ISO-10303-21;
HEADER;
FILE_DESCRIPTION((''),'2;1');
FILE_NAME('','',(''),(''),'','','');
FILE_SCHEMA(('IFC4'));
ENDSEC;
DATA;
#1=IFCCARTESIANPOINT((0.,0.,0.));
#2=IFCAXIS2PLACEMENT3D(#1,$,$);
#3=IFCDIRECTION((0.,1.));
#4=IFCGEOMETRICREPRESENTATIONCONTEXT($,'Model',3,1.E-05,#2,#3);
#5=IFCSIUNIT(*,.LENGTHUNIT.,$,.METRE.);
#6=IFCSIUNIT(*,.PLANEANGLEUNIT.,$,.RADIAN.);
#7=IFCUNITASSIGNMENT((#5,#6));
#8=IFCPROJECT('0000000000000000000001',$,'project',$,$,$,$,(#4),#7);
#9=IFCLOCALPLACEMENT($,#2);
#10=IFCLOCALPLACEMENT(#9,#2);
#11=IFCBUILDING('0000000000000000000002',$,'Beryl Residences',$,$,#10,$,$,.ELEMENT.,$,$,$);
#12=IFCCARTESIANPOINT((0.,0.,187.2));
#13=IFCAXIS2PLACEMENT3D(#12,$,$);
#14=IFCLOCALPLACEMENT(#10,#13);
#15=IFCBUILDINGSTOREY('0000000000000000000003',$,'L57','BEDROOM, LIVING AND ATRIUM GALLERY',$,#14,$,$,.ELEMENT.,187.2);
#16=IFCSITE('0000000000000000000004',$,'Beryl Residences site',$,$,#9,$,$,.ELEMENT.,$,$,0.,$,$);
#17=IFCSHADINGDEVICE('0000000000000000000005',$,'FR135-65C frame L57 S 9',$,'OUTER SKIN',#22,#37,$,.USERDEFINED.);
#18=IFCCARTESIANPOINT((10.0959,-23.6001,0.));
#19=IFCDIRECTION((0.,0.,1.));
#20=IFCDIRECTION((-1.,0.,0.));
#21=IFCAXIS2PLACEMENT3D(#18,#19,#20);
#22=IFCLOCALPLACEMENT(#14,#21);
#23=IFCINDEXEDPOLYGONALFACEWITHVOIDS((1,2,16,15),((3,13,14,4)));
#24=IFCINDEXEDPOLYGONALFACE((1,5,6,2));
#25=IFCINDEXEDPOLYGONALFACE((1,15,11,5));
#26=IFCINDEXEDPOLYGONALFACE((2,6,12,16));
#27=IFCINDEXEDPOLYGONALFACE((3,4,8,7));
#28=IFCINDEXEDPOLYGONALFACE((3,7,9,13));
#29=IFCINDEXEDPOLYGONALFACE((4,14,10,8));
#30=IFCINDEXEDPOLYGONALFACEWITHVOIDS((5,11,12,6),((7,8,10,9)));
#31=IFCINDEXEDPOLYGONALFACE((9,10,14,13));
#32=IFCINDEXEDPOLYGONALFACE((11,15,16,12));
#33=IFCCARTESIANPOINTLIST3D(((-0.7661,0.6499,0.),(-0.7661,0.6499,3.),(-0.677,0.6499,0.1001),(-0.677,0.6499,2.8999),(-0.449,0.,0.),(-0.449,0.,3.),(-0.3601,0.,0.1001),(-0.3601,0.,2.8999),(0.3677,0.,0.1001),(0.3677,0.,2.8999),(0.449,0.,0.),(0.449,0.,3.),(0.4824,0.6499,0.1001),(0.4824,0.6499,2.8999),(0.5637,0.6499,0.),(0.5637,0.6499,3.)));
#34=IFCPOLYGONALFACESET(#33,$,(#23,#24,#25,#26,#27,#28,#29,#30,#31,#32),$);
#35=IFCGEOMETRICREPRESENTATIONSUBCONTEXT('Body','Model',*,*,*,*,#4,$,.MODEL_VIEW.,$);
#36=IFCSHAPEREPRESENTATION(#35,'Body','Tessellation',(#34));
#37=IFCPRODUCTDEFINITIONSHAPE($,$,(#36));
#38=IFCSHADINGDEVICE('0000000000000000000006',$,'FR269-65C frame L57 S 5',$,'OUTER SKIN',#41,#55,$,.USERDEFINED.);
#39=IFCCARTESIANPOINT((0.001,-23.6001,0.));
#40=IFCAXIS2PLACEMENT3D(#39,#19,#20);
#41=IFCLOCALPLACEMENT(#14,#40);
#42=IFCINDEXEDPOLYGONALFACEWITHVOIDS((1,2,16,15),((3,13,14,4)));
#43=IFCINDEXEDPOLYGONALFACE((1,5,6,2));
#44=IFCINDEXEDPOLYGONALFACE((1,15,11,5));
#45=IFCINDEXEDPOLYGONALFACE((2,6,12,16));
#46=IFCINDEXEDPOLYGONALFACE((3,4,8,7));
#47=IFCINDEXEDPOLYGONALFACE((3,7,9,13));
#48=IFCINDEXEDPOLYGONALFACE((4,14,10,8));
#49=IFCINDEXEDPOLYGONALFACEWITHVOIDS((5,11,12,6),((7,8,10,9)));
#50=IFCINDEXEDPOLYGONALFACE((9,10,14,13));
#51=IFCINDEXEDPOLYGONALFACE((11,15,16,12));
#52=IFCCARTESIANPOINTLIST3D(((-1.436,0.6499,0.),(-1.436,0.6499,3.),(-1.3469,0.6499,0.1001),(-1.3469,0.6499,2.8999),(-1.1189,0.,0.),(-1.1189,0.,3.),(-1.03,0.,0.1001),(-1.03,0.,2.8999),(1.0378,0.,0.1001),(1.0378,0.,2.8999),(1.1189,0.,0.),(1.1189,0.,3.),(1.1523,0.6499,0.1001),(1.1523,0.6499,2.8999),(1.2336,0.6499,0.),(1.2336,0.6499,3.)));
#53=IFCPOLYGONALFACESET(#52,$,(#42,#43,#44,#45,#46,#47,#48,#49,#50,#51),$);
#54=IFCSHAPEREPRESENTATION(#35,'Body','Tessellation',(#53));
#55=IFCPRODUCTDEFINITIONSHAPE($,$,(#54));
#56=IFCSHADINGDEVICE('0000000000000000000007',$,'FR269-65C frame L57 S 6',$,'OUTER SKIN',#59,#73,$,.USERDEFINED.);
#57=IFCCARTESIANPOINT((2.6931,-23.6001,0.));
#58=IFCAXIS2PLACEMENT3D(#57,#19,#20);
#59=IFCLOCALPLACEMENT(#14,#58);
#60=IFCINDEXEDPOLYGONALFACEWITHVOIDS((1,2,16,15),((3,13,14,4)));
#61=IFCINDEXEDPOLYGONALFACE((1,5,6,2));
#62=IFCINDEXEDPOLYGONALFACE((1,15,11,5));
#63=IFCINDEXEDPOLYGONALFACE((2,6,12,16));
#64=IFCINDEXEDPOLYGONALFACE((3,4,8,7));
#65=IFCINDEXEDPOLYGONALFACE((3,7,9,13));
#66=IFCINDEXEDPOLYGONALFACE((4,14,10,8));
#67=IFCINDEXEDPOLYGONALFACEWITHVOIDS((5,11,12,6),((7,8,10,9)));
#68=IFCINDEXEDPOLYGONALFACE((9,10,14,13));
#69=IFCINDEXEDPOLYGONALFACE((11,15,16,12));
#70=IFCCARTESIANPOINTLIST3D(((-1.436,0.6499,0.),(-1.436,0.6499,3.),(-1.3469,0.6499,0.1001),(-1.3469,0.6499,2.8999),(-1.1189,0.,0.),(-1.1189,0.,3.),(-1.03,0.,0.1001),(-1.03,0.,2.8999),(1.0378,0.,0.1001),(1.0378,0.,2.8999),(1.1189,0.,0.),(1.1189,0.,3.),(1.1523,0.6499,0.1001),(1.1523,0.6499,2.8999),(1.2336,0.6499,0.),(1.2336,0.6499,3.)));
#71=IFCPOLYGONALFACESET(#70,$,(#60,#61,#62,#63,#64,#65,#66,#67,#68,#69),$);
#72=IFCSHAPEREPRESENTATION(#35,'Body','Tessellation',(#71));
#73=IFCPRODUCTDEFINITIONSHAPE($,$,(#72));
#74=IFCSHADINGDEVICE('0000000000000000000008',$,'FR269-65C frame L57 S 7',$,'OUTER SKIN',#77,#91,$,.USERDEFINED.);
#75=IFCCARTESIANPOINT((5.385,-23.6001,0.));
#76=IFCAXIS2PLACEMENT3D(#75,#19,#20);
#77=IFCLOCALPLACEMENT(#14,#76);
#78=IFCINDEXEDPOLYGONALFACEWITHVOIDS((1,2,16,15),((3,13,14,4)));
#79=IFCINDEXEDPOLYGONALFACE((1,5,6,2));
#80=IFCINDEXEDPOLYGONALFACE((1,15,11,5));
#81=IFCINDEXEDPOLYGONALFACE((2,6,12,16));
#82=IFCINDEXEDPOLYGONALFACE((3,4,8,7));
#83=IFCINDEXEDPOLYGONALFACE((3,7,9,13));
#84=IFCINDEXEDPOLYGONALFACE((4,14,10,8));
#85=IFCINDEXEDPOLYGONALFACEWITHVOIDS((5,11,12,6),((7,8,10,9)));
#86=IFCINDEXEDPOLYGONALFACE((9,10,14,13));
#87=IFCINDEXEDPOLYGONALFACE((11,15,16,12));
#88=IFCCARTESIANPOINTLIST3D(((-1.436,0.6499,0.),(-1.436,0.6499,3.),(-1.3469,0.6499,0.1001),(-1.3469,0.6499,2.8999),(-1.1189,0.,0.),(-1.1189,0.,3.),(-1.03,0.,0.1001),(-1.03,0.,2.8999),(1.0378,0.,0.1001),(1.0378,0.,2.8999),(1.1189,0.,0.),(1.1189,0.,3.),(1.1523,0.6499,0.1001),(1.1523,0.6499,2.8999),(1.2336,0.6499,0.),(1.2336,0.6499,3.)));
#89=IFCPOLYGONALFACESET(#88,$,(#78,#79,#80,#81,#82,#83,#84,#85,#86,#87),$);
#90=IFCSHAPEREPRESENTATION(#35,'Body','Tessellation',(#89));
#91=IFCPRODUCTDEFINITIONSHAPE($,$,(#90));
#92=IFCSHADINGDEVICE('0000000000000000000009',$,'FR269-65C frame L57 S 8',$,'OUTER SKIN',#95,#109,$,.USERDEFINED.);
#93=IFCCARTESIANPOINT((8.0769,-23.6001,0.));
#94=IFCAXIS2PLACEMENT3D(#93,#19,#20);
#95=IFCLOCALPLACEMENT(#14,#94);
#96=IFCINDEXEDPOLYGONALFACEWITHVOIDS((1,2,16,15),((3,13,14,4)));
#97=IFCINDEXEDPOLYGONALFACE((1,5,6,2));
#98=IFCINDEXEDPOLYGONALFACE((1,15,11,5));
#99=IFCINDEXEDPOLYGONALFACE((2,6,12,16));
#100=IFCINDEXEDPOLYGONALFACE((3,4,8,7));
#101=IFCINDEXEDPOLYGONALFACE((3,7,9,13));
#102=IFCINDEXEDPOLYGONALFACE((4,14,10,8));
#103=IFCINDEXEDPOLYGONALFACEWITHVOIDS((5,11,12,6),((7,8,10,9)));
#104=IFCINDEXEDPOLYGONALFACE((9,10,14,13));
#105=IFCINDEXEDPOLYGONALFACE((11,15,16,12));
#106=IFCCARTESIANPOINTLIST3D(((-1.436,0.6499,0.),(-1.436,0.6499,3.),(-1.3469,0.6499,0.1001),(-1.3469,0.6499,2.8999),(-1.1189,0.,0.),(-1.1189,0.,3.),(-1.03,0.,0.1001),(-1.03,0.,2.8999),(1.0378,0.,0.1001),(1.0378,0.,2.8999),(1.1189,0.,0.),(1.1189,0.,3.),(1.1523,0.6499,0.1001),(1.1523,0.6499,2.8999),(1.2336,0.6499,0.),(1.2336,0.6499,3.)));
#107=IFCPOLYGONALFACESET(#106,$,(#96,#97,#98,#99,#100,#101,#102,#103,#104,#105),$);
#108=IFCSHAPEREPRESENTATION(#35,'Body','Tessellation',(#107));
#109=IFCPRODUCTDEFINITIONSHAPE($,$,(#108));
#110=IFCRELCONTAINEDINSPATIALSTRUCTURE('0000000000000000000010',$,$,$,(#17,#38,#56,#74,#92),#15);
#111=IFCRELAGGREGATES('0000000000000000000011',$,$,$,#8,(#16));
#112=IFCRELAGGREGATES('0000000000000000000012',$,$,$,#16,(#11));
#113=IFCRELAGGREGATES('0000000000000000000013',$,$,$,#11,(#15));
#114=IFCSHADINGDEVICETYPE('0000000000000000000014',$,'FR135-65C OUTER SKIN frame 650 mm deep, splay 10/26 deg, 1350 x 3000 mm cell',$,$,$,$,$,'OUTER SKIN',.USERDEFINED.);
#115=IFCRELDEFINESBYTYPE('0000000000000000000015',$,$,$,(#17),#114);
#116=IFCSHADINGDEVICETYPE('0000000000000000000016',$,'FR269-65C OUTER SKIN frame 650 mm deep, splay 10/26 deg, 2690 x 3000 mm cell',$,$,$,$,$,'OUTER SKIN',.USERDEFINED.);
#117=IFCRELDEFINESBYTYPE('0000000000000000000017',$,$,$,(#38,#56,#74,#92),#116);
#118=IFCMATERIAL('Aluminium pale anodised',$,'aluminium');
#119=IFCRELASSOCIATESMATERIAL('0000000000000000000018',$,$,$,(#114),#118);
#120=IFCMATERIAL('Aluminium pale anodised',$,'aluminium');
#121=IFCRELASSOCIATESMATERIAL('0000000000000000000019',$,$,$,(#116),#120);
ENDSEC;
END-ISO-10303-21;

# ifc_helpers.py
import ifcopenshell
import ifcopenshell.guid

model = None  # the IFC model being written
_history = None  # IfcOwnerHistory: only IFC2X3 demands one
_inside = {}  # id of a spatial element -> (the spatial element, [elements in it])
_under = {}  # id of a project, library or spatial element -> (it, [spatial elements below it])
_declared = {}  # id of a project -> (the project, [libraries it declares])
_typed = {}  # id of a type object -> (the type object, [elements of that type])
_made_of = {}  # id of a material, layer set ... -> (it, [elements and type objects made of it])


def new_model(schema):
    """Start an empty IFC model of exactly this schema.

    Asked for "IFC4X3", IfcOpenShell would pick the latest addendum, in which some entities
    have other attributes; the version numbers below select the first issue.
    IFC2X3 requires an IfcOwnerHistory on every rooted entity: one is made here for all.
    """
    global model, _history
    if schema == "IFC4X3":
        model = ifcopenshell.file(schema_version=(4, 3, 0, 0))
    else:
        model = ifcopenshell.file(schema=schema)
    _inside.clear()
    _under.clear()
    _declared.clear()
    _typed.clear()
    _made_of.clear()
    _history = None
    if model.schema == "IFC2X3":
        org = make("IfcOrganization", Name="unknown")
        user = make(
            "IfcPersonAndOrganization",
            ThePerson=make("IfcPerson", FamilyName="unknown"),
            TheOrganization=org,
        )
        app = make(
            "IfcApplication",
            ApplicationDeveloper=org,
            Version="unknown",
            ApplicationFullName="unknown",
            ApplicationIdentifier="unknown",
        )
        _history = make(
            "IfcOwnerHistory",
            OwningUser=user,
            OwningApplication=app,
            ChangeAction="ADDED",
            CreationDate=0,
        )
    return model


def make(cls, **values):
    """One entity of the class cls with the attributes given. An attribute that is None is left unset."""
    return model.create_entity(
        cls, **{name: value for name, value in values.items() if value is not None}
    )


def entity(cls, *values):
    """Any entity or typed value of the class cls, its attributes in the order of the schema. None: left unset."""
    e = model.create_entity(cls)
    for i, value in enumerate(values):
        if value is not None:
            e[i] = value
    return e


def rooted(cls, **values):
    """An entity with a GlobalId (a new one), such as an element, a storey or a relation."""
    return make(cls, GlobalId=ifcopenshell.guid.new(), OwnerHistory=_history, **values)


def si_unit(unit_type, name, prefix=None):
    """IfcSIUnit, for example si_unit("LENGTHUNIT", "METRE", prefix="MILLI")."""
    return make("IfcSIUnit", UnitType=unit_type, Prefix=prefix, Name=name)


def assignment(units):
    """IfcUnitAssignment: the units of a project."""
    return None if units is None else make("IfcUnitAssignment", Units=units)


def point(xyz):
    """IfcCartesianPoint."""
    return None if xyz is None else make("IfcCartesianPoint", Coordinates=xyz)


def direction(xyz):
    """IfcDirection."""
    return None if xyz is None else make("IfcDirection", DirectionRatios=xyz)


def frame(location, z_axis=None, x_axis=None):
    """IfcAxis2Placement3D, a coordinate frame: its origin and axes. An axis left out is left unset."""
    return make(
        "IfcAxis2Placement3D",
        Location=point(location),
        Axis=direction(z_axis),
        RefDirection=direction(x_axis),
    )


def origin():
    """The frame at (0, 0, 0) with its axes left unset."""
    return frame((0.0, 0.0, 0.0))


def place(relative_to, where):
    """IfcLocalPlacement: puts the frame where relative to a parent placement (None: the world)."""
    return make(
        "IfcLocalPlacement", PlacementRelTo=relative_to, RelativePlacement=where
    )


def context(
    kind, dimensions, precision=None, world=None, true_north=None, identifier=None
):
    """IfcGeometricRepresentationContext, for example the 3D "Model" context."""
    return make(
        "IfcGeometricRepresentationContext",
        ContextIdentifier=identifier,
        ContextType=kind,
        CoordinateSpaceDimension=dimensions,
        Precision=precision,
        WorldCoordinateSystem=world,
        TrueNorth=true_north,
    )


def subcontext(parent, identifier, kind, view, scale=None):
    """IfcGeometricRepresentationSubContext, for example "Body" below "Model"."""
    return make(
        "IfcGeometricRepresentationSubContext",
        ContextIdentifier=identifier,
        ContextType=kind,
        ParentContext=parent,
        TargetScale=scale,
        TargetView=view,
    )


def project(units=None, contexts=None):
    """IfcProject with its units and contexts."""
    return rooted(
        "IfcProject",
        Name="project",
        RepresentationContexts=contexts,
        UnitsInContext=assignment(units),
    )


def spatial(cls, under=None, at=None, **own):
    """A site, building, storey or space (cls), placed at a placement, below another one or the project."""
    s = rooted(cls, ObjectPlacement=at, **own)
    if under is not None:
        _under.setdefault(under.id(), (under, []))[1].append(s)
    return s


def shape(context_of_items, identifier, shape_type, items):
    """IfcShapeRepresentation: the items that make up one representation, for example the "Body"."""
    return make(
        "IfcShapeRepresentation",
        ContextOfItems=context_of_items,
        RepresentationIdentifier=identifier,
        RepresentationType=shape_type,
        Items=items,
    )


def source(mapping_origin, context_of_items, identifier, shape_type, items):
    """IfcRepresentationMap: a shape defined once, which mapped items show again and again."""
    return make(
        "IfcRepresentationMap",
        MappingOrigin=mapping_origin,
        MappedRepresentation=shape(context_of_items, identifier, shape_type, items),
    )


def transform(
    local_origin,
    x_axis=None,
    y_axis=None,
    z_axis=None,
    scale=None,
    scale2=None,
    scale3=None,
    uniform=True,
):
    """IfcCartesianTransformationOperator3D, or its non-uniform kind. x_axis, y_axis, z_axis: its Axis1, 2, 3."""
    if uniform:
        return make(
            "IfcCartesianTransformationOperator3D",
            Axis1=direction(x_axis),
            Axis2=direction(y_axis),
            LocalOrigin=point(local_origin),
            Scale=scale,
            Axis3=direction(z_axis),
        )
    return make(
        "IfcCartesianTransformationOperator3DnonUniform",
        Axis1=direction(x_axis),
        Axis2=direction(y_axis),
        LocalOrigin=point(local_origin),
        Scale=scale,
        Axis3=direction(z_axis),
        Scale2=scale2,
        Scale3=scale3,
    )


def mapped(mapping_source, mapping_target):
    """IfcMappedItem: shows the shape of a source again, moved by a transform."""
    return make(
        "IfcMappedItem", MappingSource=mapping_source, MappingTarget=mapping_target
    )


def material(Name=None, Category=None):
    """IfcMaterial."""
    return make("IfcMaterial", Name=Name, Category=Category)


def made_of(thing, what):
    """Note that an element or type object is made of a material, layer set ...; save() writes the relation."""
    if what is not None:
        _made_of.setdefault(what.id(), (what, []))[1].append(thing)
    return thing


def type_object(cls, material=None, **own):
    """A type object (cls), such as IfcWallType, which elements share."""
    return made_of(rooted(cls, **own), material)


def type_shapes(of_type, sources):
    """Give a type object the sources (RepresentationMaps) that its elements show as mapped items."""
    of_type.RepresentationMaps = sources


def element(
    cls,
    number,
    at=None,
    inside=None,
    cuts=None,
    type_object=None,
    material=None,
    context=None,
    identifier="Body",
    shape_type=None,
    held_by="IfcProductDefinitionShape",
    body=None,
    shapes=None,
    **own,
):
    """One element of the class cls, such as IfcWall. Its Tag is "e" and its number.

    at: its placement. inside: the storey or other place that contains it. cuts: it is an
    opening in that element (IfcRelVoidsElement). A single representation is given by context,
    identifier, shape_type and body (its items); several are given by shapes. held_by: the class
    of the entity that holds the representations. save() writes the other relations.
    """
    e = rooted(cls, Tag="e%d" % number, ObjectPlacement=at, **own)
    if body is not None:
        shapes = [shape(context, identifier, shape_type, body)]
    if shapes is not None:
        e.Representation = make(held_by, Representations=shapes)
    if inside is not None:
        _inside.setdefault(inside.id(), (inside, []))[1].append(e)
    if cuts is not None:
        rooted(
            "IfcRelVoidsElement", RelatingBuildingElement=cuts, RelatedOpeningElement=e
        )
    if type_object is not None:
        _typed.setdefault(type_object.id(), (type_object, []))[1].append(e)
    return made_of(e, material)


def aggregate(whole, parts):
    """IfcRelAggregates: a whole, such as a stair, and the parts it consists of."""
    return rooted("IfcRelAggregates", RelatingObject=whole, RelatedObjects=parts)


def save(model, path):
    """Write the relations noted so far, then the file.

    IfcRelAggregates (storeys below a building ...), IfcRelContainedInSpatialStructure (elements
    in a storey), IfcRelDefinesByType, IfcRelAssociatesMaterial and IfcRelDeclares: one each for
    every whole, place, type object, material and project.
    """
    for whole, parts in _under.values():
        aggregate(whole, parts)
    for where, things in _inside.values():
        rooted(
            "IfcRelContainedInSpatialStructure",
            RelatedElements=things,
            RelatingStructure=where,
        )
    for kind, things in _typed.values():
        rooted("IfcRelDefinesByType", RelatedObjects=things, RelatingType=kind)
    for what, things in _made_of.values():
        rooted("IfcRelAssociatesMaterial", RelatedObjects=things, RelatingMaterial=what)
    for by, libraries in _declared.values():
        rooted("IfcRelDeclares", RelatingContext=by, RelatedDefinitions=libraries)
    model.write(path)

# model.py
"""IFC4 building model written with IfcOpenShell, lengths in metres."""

from ifc_helpers import new_model, entity, si_unit, direction, frame, origin, place, context, subcontext, project, spatial, source, transform, mapped, material, type_object, type_shapes, element, save


model = new_model("IFC4")

# Units and contexts
model_context = context("Model", 3, precision=1e-05, world=origin(), true_north=direction((0.0, 1.0)))
body_context = subcontext(model_context, "Body", "Model", "MODEL_VIEW")
ifc_project = project(units=[si_unit("LENGTHUNIT", "METRE"), si_unit("PLANEANGLEUNIT", "RADIAN")], contexts=[model_context])

# Site, building, storey
site_placement = place(None, origin())
site = spatial("IfcSite", under=ifc_project, at=site_placement, Name="Beryl Residences site", CompositionType="ELEMENT", RefElevation=0.0)
building_placement = place(site_placement, origin())
building = spatial("IfcBuilding", under=site, at=building_placement, Name="Beryl Residences", CompositionType="ELEMENT")
storey_placement = place(building_placement, frame((0.0, 0.0, 187.2)))
storey = spatial("IfcBuildingStorey", under=building, at=storey_placement, Name="L57", Description="BEDROOM, LIVING AND ATRIUM GALLERY", CompositionType="ELEMENT", Elevation=187.2)

# Shading devices
ifc_material_1 = material(Name="Aluminium pale anodised", Category="aluminium")
shading_device_type_1 = type_object("IfcShadingDeviceType", Name="FR135-65C OUTER SKIN frame 650 mm deep, splay 10/26 deg, 1350 x 3000 mm cell", ElementType="OUTER SKIN", PredefinedType="USERDEFINED", material=ifc_material_1)
cartesian_point_1 = entity("IfcCartesianPoint", [-0.449, 0.0])
cartesian_point_2 = entity("IfcCartesianPoint", [-0.3677, 0.1001])
cartesian_point_3 = entity("IfcCartesianPoint", [-0.5637, 0.0])
cartesian_point_4 = entity("IfcCartesianPoint", [-0.4824, 0.1001])
shared_shape_1 = source(origin(), body_context, "Body", "SweptSolid", [
    entity("IfcExtrudedAreaSolidTapered", entity("IfcArbitraryProfileDefWithVoids", "AREA", None, entity("IfcPolyline", [cartesian_point_1, entity("IfcCartesianPoint", [0.449, 0.0]), entity("IfcCartesianPoint", [0.449, 3.0]), entity("IfcCartesianPoint", [-0.449, 3.0]), cartesian_point_1]), [entity("IfcPolyline", [cartesian_point_2, entity("IfcCartesianPoint", [0.3601, 0.1001]), entity("IfcCartesianPoint", [0.3601, 2.8999]), entity("IfcCartesianPoint", [-0.3677, 2.8999]), cartesian_point_2])]), entity("IfcAxis2Placement3D", entity("IfcCartesianPoint", [0.0, 0.0, 0.0]), entity("IfcDirection", [0.0, 1.0, 0.0]), entity("IfcDirection", [-1.0, 0.0, 0.0])), entity("IfcDirection", [0.0, 0.0, 1.0]), 0.6499, entity("IfcArbitraryProfileDefWithVoids", "AREA", None, entity("IfcPolyline", [cartesian_point_3, entity("IfcCartesianPoint", [0.7661, 0.0]), entity("IfcCartesianPoint", [0.7661, 3.0]), entity("IfcCartesianPoint", [-0.5637, 3.0]), cartesian_point_3]), [entity("IfcPolyline", [cartesian_point_4, entity("IfcCartesianPoint", [0.677, 0.1001]), entity("IfcCartesianPoint", [0.677, 2.8999]), entity("IfcCartesianPoint", [-0.4824, 2.8999]), cartesian_point_4])])),
])
type_shapes(shading_device_type_1, [shared_shape_1])
shading_device_placement = place(storey_placement, frame((10.0959, -23.6001, 0.0), z_axis=(0.0, 0.0, 1.0), x_axis=(-1.0, 0.0, 0.0)))
element("IfcShadingDevice", 1, at=shading_device_placement, inside=storey, type_object=shading_device_type_1, Name="FR135-65C frame L57 S 9", ObjectType="OUTER SKIN", PredefinedType="USERDEFINED", context=body_context, shape_type="MappedRepresentation", body=[
    mapped(shared_shape_1, transform((0.0, 0.0, 0.0))),
])
ifc_material_2 = material(Name="Aluminium pale anodised", Category="aluminium")
shading_device_type_2 = type_object("IfcShadingDeviceType", Name="FR269-65C OUTER SKIN frame 650 mm deep, splay 10/26 deg, 2690 x 3000 mm cell", ElementType="OUTER SKIN", PredefinedType="USERDEFINED", material=ifc_material_2)
cartesian_point_5 = entity("IfcCartesianPoint", [-1.1189, 0.0])
cartesian_point_6 = entity("IfcCartesianPoint", [-1.0378, 0.1001])
cartesian_point_7 = entity("IfcCartesianPoint", [-1.2336, 0.0])
cartesian_point_8 = entity("IfcCartesianPoint", [-1.1523, 0.1001])
shared_shape_2 = source(origin(), body_context, "Body", "SweptSolid", [
    entity("IfcExtrudedAreaSolidTapered", entity("IfcArbitraryProfileDefWithVoids", "AREA", None, entity("IfcPolyline", [cartesian_point_5, entity("IfcCartesianPoint", [1.1189, 0.0]), entity("IfcCartesianPoint", [1.1189, 3.0]), entity("IfcCartesianPoint", [-1.1189, 3.0]), cartesian_point_5]), [entity("IfcPolyline", [cartesian_point_6, entity("IfcCartesianPoint", [1.03, 0.1001]), entity("IfcCartesianPoint", [1.03, 2.8999]), entity("IfcCartesianPoint", [-1.0378, 2.8999]), cartesian_point_6])]), entity("IfcAxis2Placement3D", entity("IfcCartesianPoint", [0.0, 0.0, 0.0]), entity("IfcDirection", [0.0, 1.0, 0.0]), entity("IfcDirection", [-1.0, 0.0, 0.0])), entity("IfcDirection", [0.0, 0.0, 1.0]), 0.6499, entity("IfcArbitraryProfileDefWithVoids", "AREA", None, entity("IfcPolyline", [cartesian_point_7, entity("IfcCartesianPoint", [1.436, 0.0]), entity("IfcCartesianPoint", [1.436, 3.0]), entity("IfcCartesianPoint", [-1.2336, 3.0]), cartesian_point_7]), [entity("IfcPolyline", [cartesian_point_8, entity("IfcCartesianPoint", [1.3469, 0.1001]), entity("IfcCartesianPoint", [1.3469, 2.8999]), entity("IfcCartesianPoint", [-1.1523, 2.8999]), cartesian_point_8])])),
])
type_shapes(shading_device_type_2, [shared_shape_2])
for number, where, z_axis, x_axis, name in (
    (2, (0.001, -23.6001, 0.0), (0.0, 0.0, 1.0), (-1.0, 0.0, 0.0), "FR269-65C frame L57 S 5"),
    (3, (2.6931, -23.6001, 0.0), (0.0, 0.0, 1.0), (-1.0, 0.0, 0.0), "FR269-65C frame L57 S 6"),
    (4, (5.385, -23.6001, 0.0), (0.0, 0.0, 1.0), (-1.0, 0.0, 0.0), "FR269-65C frame L57 S 7"),
    (5, (8.0769, -23.6001, 0.0), (0.0, 0.0, 1.0), (-1.0, 0.0, 0.0), "FR269-65C frame L57 S 8"),
):
    element("IfcShadingDevice", number, at=place(storey_placement, frame(where, z_axis=z_axis, x_axis=x_axis)), inside=storey, type_object=shading_device_type_2, Name=name, ObjectType="OUTER SKIN", PredefinedType="USERDEFINED", context=body_context, shape_type="MappedRepresentation", body=[
        mapped(shared_shape_2, transform((0.0, 0.0, 0.0))),
    ])

save(model, "model.ifc")
